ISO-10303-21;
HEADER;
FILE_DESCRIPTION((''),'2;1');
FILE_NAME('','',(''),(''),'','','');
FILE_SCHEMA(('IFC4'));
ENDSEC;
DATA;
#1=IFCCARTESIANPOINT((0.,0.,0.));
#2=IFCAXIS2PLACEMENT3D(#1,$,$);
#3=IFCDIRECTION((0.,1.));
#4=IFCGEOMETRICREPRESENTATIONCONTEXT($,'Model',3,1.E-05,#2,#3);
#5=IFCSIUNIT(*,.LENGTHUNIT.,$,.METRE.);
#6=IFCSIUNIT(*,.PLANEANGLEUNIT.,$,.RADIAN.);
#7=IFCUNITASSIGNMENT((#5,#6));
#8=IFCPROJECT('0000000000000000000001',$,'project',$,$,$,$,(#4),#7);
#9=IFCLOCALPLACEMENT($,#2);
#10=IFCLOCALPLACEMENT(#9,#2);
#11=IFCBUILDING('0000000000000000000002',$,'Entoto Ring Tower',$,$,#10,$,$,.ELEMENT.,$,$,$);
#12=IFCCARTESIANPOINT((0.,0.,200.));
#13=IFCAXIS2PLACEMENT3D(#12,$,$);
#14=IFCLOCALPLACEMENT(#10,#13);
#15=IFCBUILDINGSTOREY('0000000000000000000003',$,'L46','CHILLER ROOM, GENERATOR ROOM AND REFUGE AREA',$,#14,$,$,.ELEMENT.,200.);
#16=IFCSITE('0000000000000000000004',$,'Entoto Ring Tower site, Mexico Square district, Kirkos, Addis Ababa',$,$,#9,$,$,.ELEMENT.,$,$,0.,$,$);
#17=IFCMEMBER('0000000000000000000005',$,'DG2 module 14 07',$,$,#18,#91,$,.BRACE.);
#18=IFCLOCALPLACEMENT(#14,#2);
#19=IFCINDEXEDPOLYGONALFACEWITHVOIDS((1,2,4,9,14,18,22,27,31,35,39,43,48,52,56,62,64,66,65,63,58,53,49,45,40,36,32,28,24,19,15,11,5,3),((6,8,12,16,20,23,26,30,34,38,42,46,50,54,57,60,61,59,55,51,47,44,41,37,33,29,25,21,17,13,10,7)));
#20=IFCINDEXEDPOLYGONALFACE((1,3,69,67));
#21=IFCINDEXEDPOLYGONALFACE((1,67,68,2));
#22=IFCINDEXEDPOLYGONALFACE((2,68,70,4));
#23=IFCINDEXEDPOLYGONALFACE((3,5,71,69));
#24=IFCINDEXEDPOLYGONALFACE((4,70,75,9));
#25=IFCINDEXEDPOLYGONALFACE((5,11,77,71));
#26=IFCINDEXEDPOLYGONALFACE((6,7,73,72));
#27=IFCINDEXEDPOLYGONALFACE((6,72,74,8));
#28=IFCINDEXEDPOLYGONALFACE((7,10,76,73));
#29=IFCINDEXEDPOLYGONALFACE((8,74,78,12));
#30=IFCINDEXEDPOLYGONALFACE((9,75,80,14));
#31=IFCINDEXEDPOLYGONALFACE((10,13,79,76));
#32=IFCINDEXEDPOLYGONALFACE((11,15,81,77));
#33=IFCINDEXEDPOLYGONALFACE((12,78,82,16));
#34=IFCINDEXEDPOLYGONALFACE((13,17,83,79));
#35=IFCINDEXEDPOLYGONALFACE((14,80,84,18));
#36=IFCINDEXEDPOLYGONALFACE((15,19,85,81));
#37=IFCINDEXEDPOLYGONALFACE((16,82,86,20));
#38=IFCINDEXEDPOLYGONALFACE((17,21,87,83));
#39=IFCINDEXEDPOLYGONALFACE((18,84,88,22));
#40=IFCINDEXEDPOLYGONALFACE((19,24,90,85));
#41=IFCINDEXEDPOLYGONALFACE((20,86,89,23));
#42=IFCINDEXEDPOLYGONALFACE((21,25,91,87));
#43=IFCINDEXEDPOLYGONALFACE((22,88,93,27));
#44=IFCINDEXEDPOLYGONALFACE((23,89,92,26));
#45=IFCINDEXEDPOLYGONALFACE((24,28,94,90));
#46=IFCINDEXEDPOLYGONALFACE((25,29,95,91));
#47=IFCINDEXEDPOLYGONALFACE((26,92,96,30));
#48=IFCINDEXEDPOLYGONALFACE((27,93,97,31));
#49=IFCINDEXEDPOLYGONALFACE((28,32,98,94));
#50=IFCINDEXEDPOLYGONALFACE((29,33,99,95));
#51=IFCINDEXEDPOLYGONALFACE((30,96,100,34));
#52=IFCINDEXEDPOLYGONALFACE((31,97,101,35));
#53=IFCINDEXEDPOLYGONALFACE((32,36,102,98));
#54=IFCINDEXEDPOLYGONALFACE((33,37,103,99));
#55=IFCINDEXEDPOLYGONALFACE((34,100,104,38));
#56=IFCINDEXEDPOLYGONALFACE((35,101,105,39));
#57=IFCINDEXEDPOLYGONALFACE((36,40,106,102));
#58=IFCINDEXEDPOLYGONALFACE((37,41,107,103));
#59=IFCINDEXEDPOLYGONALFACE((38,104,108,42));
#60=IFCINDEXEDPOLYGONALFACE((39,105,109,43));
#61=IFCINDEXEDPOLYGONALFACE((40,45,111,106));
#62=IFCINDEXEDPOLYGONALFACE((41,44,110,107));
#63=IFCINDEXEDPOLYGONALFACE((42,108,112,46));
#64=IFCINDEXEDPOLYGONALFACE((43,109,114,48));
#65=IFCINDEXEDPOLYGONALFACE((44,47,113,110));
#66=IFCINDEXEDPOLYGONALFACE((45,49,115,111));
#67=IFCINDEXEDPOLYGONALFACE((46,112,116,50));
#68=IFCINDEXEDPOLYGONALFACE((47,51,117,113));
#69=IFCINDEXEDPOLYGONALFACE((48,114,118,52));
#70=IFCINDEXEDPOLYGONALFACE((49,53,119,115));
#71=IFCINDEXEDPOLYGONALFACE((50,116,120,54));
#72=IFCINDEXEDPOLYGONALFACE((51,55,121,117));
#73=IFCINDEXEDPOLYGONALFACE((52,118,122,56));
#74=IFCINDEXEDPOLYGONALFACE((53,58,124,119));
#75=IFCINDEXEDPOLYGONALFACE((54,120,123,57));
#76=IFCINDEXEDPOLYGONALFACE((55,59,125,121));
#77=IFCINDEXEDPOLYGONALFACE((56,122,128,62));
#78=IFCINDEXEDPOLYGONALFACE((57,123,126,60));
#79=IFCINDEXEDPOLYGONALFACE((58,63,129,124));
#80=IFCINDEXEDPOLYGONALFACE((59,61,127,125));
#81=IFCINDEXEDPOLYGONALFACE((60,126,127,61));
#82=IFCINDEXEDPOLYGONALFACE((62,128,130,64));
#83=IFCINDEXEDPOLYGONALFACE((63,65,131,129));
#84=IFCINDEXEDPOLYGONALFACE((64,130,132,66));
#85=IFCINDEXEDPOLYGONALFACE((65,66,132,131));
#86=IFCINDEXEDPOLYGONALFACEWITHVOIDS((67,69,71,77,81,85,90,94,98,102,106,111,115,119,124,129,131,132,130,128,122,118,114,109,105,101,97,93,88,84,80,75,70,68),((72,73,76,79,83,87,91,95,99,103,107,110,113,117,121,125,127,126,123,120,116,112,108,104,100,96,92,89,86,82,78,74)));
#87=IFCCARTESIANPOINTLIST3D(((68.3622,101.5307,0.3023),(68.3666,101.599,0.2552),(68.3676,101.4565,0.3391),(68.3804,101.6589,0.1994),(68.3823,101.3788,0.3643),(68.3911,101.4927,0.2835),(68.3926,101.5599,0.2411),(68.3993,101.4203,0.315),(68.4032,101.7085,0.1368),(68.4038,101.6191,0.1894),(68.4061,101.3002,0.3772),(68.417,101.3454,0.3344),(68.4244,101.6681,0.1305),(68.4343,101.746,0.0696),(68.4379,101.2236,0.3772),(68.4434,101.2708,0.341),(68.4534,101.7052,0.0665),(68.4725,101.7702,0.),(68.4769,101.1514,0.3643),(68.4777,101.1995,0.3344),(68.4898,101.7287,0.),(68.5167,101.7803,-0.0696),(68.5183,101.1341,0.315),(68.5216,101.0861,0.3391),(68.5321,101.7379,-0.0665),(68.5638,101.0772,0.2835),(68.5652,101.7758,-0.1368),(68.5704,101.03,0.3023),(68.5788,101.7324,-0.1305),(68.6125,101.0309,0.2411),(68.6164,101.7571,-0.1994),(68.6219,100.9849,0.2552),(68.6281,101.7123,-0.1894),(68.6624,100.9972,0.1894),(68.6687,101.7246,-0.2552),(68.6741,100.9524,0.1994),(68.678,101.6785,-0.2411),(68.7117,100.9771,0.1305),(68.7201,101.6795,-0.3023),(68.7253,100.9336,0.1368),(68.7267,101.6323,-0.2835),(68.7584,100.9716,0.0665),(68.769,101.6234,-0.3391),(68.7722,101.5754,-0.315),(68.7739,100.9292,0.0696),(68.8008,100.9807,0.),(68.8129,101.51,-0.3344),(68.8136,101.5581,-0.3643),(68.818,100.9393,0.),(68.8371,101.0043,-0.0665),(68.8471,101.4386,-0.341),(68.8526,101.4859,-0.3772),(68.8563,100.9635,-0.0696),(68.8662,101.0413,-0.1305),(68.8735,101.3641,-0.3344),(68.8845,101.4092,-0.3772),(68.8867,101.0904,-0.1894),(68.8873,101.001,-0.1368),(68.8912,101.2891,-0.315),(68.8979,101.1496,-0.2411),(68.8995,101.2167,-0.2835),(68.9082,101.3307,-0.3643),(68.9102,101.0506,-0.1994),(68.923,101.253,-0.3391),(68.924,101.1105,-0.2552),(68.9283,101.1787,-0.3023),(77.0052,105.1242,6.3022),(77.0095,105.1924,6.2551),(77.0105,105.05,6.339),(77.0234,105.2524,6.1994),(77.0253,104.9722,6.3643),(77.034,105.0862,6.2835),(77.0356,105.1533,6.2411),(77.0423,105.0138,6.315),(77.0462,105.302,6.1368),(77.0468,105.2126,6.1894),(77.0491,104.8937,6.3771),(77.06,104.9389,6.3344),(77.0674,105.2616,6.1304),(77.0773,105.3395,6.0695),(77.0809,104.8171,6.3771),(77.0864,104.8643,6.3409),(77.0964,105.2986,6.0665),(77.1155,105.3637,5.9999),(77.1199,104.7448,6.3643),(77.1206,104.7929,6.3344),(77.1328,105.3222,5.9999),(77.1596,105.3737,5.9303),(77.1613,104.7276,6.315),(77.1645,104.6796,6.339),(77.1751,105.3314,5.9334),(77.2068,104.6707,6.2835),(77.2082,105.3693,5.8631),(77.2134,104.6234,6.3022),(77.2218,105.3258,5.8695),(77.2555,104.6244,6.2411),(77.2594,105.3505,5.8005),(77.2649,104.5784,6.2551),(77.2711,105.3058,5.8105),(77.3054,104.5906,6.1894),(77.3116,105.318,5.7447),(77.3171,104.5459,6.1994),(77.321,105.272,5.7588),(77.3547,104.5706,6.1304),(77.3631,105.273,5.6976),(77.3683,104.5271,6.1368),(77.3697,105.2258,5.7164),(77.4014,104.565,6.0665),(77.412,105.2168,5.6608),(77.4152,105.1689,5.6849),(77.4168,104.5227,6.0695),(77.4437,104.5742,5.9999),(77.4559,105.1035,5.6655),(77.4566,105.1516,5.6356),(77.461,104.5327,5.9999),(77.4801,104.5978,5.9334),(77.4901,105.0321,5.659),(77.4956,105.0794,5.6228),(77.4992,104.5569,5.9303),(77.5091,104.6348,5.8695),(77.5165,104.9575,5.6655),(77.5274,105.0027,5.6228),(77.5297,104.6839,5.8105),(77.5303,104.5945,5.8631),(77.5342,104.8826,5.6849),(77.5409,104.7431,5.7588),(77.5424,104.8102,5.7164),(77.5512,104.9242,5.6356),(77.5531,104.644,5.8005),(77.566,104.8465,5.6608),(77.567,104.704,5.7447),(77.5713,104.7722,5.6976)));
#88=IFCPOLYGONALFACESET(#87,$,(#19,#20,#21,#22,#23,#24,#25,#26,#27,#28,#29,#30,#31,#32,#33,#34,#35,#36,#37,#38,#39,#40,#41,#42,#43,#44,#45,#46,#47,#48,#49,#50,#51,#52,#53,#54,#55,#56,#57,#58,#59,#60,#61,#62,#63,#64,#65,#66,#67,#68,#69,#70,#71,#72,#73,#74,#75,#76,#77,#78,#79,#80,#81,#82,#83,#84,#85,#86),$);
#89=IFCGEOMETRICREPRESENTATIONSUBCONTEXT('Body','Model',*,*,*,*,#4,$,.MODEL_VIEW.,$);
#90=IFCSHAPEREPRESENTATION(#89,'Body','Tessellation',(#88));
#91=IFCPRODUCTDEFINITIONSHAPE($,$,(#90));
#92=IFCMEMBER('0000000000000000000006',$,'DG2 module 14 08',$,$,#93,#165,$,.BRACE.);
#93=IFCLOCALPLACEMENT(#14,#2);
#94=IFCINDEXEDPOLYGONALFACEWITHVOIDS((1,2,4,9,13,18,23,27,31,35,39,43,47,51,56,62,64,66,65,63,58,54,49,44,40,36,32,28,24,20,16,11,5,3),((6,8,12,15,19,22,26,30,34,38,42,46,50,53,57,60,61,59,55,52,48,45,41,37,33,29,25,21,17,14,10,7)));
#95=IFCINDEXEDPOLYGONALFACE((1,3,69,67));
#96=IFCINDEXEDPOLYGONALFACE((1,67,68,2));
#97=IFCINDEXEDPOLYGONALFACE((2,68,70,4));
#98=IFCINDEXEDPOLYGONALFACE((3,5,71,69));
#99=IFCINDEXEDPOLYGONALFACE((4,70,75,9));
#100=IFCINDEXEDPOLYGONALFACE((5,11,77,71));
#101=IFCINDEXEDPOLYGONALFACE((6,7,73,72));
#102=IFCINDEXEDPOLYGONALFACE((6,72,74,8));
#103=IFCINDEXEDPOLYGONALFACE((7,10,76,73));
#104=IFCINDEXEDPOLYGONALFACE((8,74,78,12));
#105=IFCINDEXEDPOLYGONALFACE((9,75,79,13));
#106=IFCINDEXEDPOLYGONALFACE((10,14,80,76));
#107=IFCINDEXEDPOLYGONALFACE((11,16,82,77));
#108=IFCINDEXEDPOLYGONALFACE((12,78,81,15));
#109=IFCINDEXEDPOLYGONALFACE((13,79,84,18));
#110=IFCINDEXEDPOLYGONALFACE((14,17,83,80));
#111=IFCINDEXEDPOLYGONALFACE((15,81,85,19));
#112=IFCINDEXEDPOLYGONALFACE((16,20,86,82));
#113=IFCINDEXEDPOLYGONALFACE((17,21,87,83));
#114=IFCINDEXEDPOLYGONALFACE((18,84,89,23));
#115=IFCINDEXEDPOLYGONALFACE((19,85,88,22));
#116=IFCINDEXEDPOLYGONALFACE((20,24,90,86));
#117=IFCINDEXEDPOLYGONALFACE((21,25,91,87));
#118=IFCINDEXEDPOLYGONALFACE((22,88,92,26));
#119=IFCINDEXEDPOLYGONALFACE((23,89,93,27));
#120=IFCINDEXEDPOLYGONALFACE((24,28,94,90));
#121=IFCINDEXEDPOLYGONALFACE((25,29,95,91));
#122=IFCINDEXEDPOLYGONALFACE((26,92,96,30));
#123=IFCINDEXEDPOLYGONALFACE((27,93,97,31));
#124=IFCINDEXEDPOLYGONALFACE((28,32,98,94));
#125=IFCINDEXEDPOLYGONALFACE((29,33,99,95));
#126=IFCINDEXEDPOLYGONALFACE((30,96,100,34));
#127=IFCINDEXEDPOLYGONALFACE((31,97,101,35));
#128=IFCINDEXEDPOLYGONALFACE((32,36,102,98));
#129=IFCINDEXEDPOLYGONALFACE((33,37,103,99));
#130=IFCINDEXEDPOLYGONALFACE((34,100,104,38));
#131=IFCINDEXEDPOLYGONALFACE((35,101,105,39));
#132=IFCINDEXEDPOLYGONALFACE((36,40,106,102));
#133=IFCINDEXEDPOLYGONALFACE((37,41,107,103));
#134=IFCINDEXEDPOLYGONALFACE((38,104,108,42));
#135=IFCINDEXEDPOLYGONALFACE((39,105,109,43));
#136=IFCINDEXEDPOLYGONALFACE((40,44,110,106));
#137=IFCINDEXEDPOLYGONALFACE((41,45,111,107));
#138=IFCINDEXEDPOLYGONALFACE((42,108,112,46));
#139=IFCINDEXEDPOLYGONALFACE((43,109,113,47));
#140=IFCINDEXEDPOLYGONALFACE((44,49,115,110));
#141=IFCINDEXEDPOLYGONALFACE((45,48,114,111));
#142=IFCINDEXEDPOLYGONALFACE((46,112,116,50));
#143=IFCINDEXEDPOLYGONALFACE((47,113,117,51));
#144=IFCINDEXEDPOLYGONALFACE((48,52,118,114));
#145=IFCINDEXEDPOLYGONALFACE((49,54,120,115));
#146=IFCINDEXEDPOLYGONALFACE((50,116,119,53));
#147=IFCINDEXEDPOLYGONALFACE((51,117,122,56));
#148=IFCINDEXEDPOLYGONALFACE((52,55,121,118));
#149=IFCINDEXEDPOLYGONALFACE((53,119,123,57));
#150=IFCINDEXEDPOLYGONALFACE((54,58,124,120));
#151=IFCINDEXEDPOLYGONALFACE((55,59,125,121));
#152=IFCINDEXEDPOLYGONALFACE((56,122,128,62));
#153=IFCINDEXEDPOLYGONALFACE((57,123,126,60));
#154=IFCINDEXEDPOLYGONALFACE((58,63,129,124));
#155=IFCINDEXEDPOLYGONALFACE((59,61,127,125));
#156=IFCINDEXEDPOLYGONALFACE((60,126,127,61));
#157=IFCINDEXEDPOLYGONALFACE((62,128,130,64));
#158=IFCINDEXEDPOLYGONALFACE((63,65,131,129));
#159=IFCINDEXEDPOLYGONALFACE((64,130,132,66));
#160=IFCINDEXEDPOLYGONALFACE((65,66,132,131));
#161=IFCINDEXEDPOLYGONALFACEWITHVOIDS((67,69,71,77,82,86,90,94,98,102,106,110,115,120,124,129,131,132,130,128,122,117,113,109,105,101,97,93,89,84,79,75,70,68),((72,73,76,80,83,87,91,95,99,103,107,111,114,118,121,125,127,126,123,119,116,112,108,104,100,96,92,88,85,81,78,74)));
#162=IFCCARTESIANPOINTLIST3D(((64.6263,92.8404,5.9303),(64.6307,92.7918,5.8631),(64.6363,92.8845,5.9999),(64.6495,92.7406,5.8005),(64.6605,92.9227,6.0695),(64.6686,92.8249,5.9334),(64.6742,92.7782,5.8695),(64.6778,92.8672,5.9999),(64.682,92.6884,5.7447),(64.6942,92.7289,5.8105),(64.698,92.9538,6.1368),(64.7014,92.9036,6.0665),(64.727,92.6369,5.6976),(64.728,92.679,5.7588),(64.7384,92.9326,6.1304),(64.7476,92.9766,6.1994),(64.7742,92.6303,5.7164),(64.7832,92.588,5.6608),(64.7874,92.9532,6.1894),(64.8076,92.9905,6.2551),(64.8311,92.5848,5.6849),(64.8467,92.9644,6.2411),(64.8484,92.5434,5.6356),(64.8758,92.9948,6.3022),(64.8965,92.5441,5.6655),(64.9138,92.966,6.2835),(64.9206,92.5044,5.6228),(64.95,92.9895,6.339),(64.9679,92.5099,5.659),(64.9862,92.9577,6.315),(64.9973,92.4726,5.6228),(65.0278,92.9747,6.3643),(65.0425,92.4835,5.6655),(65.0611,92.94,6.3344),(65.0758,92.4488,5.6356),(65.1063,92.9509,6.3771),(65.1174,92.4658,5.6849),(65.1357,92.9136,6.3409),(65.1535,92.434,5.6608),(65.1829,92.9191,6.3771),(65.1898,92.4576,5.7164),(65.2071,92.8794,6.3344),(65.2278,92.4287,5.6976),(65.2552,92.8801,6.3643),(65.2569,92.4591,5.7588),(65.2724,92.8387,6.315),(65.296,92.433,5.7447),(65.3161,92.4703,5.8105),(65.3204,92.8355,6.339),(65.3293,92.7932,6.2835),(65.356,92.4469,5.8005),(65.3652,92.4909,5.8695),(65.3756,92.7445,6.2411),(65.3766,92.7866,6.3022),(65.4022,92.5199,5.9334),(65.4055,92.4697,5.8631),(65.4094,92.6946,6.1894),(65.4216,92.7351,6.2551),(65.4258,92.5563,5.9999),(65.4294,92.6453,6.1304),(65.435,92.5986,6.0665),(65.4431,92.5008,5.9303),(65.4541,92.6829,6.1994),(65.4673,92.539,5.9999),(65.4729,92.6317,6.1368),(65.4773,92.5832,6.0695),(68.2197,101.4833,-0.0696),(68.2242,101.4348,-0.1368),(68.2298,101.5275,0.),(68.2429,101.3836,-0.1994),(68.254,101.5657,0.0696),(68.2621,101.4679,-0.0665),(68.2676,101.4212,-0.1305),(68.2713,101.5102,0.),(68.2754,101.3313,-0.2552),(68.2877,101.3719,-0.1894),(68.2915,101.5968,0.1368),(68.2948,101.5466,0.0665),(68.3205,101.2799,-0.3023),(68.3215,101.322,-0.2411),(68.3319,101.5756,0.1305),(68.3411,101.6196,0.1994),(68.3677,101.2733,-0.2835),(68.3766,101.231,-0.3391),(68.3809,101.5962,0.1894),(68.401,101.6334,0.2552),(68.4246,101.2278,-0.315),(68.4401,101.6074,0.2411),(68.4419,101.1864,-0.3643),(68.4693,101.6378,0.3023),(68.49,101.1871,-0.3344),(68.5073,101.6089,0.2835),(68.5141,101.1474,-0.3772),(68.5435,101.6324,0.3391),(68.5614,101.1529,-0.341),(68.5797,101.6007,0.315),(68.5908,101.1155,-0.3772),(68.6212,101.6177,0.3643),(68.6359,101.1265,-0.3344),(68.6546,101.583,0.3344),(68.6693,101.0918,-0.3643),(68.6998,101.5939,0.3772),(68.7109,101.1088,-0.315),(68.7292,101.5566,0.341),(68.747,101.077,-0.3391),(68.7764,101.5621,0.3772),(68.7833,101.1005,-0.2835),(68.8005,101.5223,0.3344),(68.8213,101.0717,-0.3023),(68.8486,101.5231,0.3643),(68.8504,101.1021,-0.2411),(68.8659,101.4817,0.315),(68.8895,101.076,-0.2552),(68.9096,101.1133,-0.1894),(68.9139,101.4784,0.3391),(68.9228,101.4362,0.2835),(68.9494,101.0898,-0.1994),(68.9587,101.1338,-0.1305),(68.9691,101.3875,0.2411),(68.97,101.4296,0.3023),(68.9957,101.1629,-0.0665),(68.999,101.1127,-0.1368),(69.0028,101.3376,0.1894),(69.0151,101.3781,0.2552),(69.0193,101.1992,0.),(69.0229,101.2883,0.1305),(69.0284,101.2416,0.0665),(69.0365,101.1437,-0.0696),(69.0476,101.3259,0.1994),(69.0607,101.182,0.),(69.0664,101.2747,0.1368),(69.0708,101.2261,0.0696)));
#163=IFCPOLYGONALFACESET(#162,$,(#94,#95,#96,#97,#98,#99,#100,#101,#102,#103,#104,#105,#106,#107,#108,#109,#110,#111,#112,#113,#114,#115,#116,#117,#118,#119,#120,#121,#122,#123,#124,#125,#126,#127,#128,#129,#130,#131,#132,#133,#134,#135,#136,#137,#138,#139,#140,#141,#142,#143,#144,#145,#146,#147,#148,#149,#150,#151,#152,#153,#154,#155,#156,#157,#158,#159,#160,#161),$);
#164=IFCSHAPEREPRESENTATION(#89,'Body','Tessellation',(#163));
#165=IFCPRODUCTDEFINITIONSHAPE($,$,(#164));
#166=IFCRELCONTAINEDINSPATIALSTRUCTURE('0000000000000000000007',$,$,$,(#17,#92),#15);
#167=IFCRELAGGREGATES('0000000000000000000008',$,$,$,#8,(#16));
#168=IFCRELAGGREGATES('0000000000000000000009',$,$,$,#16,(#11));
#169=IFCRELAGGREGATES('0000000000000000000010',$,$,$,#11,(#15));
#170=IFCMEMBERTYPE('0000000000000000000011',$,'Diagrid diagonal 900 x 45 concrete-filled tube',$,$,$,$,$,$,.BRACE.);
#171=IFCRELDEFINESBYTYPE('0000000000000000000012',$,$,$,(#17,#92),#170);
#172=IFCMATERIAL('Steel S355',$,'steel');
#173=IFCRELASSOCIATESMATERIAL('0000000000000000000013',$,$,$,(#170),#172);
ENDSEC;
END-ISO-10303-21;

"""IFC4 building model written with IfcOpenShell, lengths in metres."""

from ifc_helpers import new_model, si_unit, direction, frame, origin, origin_2d, place, context, subcontext, project, spatial, circle, hollow_circle, extrude, material, material_profile, profile_set, type_object, element, save


model = new_model("IFC4")

# Units and contexts
model_context = context("Model", 3, precision=1e-05, world=origin(), true_north=direction((0.0, 1.0)))
body_context = subcontext(model_context, "Body", "Model", "MODEL_VIEW")
ifc_project = project(units=[si_unit("LENGTHUNIT", "METRE"), si_unit("PLANEANGLEUNIT", "RADIAN")], contexts=[model_context])

# Site, building, storey
site_placement = place(None, origin())
site = spatial("IfcSite", under=ifc_project, at=site_placement, Name="Entoto Ring Tower site, Mexico Square district, Kirkos, Addis Ababa", CompositionType="ELEMENT", RefElevation=0.0)
building_placement = place(site_placement, origin())
building = spatial("IfcBuilding", under=site, at=building_placement, Name="Entoto Ring Tower", CompositionType="ELEMENT")
storey_placement = place(building_placement, frame((0.0, 0.0, 200.0)))
storey = spatial("IfcBuildingStorey", under=building, at=storey_placement, Name="L46", Description="CHILLER ROOM, GENERATOR ROOM AND REFUGE AREA", CompositionType="ELEMENT", Elevation=200.0)

# Members
ifc_material_1 = material(Name="Steel S355", Category="steel")
ifc_material_profile_1 = material_profile(ifc_material_1, hollow_circle(Radius=0.45, WallThickness=0.0449, at=origin_2d()), Name="CHS 900 x 45")
ifc_material_2 = material(Name="Concrete C60/75", Category="concrete")
ifc_material_profile_2 = material_profile(ifc_material_2, circle(Radius=0.405, at=origin_2d()), Name="Concrete C60/75 infill")
ifc_profile_set_1 = profile_set([ifc_material_profile_1, ifc_material_profile_2], Name="Steel S355")
member_type_1 = type_object("IfcMemberType", Name="Diagrid diagonal 900 x 45 concrete-filled tube", PredefinedType="BRACE", material=ifc_profile_set_1)
for number, where, z_axis, x_axis, name in (
    (1, (68.6453, 101.3547, 0.0), (0.777375, 0.323207, 0.539652), (-0.383908, 0.923371, 0.0), "DG2 module 14 07"),
    (2, (68.6453, 101.3547, 0.0), (-0.323207, -0.777375, 0.539652), (0.923371, -0.383908, 0.0), "DG2 module 14 08"),
):
    element("IfcMember", number, at=place(storey_placement, frame(where, z_axis=z_axis, x_axis=x_axis)), inside=storey, type_object=member_type_1, Name=name, PredefinedType="BRACE", context=body_context, shape_type="SweptSolid", body=[
        extrude(hollow_circle(Radius=0.45, WallThickness=0.0449, at=origin_2d()), origin(), (0.0, 0.0, 1.0), 11.1182),
    ])

save(model, "model.ifc")
